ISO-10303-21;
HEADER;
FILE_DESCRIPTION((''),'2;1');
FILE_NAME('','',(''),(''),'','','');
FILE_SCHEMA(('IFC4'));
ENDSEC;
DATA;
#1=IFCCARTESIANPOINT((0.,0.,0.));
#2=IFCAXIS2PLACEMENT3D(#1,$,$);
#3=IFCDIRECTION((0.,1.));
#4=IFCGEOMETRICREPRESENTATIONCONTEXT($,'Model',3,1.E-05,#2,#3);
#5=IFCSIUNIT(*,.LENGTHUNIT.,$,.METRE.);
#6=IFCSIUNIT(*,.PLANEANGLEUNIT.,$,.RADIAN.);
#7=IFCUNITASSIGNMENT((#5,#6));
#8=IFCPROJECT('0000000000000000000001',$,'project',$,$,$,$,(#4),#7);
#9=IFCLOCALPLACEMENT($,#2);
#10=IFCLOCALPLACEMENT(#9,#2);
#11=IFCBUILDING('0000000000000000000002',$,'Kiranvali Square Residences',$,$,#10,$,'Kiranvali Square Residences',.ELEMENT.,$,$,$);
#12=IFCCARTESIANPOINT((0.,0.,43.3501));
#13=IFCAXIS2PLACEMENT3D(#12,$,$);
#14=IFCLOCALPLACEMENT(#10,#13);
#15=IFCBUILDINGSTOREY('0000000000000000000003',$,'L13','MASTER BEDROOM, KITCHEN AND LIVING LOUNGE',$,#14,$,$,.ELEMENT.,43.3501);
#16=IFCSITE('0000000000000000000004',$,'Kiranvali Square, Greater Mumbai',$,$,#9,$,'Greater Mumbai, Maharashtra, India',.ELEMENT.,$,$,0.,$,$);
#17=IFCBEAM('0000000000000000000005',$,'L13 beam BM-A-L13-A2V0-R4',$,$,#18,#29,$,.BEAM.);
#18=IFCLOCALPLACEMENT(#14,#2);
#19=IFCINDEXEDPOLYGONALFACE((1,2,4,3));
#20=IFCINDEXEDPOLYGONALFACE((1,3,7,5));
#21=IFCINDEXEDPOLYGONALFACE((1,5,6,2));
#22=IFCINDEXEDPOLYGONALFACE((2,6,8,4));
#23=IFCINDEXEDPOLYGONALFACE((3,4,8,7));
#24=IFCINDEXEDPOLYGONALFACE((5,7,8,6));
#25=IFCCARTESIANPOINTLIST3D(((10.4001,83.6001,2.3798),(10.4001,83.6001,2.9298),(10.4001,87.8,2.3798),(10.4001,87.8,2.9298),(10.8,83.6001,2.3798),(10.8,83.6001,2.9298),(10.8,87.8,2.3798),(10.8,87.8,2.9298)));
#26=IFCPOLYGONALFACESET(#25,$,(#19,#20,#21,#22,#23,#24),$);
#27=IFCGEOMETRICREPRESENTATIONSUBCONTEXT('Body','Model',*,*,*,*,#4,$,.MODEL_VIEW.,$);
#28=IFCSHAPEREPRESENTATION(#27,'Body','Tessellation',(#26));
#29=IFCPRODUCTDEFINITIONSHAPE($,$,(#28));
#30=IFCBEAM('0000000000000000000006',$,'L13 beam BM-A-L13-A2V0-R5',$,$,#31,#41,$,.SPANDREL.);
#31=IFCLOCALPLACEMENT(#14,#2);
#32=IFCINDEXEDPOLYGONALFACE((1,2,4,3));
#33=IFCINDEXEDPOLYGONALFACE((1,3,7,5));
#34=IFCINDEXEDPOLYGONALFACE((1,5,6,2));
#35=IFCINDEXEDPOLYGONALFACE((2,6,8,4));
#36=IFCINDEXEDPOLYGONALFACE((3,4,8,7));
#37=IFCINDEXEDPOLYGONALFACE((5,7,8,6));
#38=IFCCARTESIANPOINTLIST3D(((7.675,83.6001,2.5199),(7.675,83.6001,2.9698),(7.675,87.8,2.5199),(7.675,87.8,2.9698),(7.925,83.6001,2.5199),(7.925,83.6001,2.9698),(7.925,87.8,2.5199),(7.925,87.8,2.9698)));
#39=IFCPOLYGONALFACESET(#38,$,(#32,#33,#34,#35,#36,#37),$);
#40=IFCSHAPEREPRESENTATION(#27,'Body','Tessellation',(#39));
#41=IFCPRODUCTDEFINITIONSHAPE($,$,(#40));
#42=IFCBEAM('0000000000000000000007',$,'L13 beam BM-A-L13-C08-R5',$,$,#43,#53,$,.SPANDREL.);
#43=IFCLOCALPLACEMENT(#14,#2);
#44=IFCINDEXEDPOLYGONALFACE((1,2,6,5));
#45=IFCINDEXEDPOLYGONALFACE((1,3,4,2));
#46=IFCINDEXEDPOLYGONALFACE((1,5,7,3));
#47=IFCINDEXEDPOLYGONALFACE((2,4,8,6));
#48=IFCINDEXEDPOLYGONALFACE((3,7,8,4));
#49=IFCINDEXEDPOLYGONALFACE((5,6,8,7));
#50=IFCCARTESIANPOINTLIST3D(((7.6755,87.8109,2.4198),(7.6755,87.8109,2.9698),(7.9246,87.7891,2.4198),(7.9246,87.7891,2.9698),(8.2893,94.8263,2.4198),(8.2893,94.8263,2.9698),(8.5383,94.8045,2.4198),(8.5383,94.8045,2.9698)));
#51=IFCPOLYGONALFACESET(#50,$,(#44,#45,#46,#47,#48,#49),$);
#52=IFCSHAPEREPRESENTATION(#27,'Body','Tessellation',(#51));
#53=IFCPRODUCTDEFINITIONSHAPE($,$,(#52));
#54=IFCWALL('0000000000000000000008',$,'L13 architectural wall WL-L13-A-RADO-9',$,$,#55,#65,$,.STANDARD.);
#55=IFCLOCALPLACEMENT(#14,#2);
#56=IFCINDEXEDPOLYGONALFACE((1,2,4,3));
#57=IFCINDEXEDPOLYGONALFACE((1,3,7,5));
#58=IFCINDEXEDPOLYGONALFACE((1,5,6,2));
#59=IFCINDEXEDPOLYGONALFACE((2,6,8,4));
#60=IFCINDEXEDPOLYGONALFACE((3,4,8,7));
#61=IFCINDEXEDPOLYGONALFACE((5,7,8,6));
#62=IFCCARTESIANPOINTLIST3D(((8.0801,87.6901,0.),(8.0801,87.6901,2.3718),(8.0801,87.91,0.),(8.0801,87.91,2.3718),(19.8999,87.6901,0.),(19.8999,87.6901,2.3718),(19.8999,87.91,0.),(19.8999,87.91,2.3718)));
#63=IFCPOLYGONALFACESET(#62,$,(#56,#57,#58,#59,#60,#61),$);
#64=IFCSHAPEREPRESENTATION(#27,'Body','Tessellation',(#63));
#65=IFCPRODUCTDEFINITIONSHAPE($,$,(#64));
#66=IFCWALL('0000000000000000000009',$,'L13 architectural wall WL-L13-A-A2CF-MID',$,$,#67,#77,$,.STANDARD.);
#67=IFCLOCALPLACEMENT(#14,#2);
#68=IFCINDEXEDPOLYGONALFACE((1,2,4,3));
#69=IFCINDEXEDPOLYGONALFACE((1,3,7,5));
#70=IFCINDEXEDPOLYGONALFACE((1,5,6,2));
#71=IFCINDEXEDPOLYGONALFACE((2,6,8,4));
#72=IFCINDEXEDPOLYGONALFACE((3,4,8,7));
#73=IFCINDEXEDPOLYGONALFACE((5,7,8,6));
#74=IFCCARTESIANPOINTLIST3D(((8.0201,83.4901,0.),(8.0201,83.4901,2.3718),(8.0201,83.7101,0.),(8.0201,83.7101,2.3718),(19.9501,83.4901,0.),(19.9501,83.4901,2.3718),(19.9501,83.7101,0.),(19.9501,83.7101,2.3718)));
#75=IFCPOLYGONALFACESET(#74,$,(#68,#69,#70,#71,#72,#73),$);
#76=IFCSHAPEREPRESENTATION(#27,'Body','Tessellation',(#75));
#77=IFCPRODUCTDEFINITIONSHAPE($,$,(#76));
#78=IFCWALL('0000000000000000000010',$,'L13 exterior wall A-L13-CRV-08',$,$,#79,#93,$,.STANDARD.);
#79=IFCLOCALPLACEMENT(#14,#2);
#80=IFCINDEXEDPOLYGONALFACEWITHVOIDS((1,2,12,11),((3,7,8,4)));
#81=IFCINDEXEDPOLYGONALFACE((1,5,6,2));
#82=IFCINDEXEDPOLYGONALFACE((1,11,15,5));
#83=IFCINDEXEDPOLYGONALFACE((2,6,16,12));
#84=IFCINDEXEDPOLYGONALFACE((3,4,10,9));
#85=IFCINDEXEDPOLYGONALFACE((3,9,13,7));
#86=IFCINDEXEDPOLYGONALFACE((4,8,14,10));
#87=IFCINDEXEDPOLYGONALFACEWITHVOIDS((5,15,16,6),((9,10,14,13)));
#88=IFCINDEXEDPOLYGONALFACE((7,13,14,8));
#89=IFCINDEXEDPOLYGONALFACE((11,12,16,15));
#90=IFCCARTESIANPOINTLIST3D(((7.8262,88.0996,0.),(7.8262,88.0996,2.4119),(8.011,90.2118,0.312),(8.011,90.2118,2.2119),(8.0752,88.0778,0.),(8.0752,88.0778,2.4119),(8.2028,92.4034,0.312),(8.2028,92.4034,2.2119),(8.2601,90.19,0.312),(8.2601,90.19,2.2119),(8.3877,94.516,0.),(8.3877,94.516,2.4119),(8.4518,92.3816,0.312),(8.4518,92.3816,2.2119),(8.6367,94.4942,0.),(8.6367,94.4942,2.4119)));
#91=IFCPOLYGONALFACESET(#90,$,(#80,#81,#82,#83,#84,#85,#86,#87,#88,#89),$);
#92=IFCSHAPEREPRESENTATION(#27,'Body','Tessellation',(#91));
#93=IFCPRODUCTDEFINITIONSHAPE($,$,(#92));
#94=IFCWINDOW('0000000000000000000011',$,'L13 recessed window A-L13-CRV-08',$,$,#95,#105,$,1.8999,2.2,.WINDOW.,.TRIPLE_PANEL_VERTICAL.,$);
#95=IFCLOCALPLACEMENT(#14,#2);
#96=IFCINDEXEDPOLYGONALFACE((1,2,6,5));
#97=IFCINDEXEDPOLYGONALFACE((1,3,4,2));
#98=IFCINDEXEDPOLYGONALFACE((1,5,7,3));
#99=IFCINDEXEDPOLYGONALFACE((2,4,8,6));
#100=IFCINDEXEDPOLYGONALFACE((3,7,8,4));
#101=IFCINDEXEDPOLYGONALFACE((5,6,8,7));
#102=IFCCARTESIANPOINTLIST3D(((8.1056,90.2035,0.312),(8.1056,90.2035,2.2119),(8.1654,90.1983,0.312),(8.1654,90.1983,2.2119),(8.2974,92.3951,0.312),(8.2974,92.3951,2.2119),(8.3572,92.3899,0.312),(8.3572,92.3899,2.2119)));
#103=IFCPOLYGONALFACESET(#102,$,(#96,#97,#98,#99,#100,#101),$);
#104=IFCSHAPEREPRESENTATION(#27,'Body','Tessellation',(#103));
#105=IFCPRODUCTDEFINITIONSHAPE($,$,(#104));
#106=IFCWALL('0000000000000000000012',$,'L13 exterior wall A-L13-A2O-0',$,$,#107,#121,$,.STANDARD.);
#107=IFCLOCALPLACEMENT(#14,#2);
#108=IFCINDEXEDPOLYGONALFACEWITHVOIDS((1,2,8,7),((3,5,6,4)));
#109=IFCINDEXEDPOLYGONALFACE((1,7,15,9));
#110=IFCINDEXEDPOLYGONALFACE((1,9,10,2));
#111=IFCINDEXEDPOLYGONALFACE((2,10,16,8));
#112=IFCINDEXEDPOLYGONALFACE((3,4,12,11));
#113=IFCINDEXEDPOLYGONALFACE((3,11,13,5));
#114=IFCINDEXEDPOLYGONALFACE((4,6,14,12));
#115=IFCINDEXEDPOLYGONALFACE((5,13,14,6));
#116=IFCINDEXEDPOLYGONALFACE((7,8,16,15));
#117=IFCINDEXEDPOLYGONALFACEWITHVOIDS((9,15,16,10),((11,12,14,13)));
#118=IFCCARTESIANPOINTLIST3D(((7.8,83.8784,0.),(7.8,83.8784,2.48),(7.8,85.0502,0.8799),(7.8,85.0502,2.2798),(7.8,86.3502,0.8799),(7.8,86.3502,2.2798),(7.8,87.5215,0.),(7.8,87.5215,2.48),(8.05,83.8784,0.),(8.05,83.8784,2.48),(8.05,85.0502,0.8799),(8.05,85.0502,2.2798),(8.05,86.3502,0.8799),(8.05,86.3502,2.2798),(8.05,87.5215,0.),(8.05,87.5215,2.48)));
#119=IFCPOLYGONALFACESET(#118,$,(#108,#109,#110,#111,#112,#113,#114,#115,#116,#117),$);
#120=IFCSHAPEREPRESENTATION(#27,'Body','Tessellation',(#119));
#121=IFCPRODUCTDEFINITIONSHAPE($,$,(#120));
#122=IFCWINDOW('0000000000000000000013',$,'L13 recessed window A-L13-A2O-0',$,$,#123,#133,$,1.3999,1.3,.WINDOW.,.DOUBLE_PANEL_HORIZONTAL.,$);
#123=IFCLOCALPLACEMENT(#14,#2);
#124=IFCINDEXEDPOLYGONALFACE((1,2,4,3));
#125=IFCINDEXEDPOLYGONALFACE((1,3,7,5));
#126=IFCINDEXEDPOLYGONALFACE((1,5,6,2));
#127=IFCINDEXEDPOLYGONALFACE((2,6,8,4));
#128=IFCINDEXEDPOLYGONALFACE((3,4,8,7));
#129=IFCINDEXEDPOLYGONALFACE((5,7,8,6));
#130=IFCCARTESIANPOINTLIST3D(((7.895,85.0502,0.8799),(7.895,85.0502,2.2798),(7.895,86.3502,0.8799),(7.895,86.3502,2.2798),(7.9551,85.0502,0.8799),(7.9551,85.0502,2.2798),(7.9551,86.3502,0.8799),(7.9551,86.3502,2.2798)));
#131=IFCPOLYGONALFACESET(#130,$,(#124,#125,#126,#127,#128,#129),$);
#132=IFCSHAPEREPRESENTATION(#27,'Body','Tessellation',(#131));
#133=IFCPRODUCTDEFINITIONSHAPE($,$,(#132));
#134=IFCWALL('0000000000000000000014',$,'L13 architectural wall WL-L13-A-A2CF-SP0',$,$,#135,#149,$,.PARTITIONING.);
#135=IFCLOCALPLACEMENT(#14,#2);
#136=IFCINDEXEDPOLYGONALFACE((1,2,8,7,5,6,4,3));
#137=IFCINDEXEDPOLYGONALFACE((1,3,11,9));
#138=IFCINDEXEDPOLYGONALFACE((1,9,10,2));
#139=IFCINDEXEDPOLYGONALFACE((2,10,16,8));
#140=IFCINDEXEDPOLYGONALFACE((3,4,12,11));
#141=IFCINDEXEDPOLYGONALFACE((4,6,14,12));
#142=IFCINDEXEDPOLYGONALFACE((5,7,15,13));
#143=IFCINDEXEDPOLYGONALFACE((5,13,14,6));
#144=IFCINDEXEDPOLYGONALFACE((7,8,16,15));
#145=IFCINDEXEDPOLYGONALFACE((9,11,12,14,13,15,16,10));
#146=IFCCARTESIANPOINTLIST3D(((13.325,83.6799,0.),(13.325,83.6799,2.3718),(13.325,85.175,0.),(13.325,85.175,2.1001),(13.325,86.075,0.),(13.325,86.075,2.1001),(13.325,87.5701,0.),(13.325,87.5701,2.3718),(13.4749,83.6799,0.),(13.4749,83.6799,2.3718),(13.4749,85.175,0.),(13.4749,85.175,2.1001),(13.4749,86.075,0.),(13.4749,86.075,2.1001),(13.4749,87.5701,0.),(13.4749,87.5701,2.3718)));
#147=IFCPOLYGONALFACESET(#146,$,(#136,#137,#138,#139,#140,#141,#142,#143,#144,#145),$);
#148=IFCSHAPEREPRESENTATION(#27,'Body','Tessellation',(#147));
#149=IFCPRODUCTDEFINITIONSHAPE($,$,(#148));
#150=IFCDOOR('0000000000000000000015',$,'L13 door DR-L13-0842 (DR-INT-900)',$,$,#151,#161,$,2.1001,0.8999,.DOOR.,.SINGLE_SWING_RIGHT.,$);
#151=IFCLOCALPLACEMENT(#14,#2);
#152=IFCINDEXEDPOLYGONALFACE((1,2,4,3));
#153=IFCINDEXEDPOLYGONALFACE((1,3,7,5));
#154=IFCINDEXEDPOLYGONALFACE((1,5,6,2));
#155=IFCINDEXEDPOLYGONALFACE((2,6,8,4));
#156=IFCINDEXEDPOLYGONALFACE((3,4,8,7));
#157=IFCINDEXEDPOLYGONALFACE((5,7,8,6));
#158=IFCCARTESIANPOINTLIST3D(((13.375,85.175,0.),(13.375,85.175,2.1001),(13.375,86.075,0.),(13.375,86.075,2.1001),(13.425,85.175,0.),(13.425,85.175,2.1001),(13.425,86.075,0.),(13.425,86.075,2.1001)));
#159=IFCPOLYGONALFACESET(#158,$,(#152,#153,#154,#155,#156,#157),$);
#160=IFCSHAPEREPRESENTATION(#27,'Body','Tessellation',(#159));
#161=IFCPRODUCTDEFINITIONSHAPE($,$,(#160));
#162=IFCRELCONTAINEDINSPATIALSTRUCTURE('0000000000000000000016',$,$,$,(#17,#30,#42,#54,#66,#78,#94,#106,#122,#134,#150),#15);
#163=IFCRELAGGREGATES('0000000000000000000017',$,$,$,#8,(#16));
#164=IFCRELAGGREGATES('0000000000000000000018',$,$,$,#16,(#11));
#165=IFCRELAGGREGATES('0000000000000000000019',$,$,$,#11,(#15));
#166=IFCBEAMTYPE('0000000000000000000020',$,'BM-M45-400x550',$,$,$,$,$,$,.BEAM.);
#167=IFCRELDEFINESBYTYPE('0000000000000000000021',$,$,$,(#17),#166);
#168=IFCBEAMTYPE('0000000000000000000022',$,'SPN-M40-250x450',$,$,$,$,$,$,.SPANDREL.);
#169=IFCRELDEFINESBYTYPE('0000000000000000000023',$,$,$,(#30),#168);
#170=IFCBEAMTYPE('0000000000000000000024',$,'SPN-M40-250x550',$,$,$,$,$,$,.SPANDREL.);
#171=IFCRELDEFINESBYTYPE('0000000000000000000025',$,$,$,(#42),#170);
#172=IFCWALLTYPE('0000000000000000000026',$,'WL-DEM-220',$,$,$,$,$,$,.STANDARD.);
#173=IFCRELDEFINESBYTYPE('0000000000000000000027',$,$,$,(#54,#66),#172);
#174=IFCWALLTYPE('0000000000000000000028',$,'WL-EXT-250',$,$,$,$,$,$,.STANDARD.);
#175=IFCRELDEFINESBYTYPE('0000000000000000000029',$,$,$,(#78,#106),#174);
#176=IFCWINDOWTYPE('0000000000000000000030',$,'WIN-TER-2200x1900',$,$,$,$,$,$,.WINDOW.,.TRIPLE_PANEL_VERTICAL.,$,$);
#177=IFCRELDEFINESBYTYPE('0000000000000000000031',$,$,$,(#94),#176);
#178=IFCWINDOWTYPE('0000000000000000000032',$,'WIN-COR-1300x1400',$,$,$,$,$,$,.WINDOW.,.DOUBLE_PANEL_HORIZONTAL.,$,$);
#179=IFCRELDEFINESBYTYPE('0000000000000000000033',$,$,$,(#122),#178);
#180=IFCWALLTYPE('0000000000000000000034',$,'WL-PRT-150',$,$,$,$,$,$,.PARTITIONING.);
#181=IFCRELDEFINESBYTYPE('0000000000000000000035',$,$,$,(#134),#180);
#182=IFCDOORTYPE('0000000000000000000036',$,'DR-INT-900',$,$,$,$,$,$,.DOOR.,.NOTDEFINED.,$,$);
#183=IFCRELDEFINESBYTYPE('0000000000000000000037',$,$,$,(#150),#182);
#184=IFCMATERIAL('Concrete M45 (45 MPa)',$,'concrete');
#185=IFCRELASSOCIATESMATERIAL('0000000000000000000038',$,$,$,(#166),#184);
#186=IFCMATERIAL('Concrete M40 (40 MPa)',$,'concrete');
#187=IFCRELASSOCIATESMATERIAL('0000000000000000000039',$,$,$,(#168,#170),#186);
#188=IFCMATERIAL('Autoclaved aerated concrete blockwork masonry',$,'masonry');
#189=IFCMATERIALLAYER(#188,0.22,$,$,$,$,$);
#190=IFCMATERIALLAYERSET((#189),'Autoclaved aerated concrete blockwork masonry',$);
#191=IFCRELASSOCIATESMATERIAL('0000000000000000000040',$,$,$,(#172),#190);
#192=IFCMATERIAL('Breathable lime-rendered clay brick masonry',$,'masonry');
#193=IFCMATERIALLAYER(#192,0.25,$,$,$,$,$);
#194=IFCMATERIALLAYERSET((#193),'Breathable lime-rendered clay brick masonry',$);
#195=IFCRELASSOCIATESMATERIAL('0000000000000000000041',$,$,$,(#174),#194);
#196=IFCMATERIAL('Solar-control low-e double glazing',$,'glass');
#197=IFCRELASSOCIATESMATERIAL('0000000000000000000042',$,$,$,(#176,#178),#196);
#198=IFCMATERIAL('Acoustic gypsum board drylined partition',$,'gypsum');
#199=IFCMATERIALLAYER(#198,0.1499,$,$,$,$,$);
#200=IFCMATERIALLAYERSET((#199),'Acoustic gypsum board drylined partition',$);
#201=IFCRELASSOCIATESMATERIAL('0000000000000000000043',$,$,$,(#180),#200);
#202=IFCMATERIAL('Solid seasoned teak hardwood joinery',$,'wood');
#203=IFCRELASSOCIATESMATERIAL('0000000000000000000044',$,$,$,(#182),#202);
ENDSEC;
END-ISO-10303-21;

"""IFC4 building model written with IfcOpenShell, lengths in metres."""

from ifc_helpers import new_model, si_unit, direction, frame, frame_2d, origin, origin_2d, place, context, subcontext, project, spatial, rectangle, extrude, material, layer, layer_set, material_profile, profile_set, type_object, element, fill, save


model = new_model("IFC4")

# Units and contexts
model_context = context("Model", 3, precision=1e-05, world=origin(), true_north=direction((0.0, 1.0)))
body_context = subcontext(model_context, "Body", "Model", "MODEL_VIEW")
ifc_project = project(units=[si_unit("LENGTHUNIT", "METRE"), si_unit("PLANEANGLEUNIT", "RADIAN")], contexts=[model_context])

# Site, building, storey
site_placement = place(None, origin())
site = spatial("IfcSite", under=ifc_project, at=site_placement, Name="Kiranvali Square, Greater Mumbai", LongName="Greater Mumbai, Maharashtra, India", CompositionType="ELEMENT", RefElevation=0.0)
building_placement = place(site_placement, origin())
building = spatial("IfcBuilding", under=site, at=building_placement, Name="Kiranvali Square Residences", LongName="Kiranvali Square Residences", CompositionType="ELEMENT")
storey_placement = place(building_placement, frame((0.0, 0.0, 43.3501)))
storey = spatial("IfcBuildingStorey", under=building, at=storey_placement, Name="L13", Description="MASTER BEDROOM, KITCHEN AND LIVING LOUNGE", CompositionType="ELEMENT", Elevation=43.3501)

# Shared definitions
ifc_material_1 = material(Name="Concrete M40 (40 MPa)", Category="concrete")

# Beams
ifc_material_2 = material(Name="Concrete M45 (45 MPa)", Category="concrete")
ifc_material_profile_1 = material_profile(ifc_material_2, rectangle(XDim=0.3999, YDim=0.55, at=origin_2d()), Name="RC 400x550")
ifc_profile_set_1 = profile_set([ifc_material_profile_1], Name="Concrete M45 (45 MPa)")
beam_type_1 = type_object("IfcBeamType", Name="BM-M45-400x550", PredefinedType="BEAM", material=ifc_profile_set_1)
beam_1_placement = place(storey_placement, frame((10.6001, 87.8, 2.6548), z_axis=(0.0, -1.0, 0.0), x_axis=(1.0, 0.0, 0.0)))
element("IfcBeam", 1, at=beam_1_placement, inside=storey, type_object=beam_type_1, Name="L13 beam BM-A-L13-A2V0-R4", PredefinedType="BEAM", context=body_context, shape_type="SweptSolid", body=[
    extrude(rectangle(XDim=0.3999, YDim=0.55, at=origin_2d()), origin(), (0.0, 0.0, 1.0), 4.2),
])
ifc_material_profile_2 = material_profile(ifc_material_1, rectangle(XDim=0.25, YDim=0.45, at=origin_2d()), Name="RC 250x450")
ifc_profile_set_2 = profile_set([ifc_material_profile_2], Name="Concrete M40 (40 MPa)")
beam_type_2 = type_object("IfcBeamType", Name="SPN-M40-250x450", PredefinedType="SPANDREL", material=ifc_profile_set_2)
beam_2_placement = place(storey_placement, frame((7.8, 87.8, 2.7449), z_axis=(0.0, -1.0, 0.0), x_axis=(1.0, 0.0, 0.0)))
element("IfcBeam", 2, at=beam_2_placement, inside=storey, type_object=beam_type_2, Name="L13 beam BM-A-L13-A2V0-R5", PredefinedType="SPANDREL", context=body_context, shape_type="SweptSolid", body=[
    extrude(rectangle(XDim=0.25, YDim=0.45, at=origin_2d()), origin(), (0.0, 0.0, 1.0), 4.2),
])
ifc_material_profile_3 = material_profile(ifc_material_1, rectangle(XDim=0.25, YDim=0.55, at=origin_2d()), Name="RC 250x550")
ifc_profile_set_3 = profile_set([ifc_material_profile_3], Name="Concrete M40 (40 MPa)")
beam_type_3 = type_object("IfcBeamType", Name="SPN-M40-250x550", PredefinedType="SPANDREL", material=ifc_profile_set_3)
beam_3_placement = place(storey_placement, frame((8.4138, 94.8154, 2.6948), z_axis=(-0.087156, -0.996195, 0.0), x_axis=(0.996195, -0.087156, 0.0)))
element("IfcBeam", 3, at=beam_3_placement, inside=storey, type_object=beam_type_3, Name="L13 beam BM-A-L13-C08-R5", PredefinedType="SPANDREL", context=body_context, shape_type="SweptSolid", body=[
    extrude(rectangle(XDim=0.25, YDim=0.55, at=origin_2d()), origin(), (0.0, 0.0, 1.0), 7.0422),
])

# Walls
ifc_material_3 = material(Name="Autoclaved aerated concrete blockwork masonry", Category="masonry")
ifc_layer_1 = layer(ifc_material_3, 0.22)
ifc_layer_set_1 = layer_set([ifc_layer_1], Name="Autoclaved aerated concrete blockwork masonry")
wall_type_1 = type_object("IfcWallType", Name="WL-DEM-220", PredefinedType="STANDARD", material=ifc_layer_set_1)
wall_1_placement = place(storey_placement, frame((19.8999, 87.8, 0.0), z_axis=(0.0, 0.0, 1.0), x_axis=(-1.0, 0.0, 0.0)))
element("IfcWall", 4, at=wall_1_placement, inside=storey, type_object=wall_type_1, Name="L13 architectural wall WL-L13-A-RADO-9", PredefinedType="STANDARD", context=body_context, shape_type="SweptSolid", body=[
    extrude(rectangle(XDim=11.8198, YDim=0.22, at=frame_2d((5.9099, 0.0))), origin(), (0.0, 0.0, 1.0), 2.3718),
])
wall_2_placement = place(storey_placement, frame((19.95, 83.6001, 0.0), z_axis=(0.0, 0.0, 1.0), x_axis=(-1.0, 0.0, 0.0)))
element("IfcWall", 5, at=wall_2_placement, inside=storey, type_object=wall_type_1, Name="L13 architectural wall WL-L13-A-A2CF-MID", PredefinedType="STANDARD", context=body_context, shape_type="SweptSolid", body=[
    extrude(rectangle(XDim=11.9299, YDim=0.22, at=frame_2d((5.9648, 0.0))), origin(), (0.0, 0.0, 1.0), 2.3718),
])

# Walls, openings, windows
ifc_material_4 = material(Name="Breathable lime-rendered clay brick masonry", Category="masonry")
ifc_layer_2 = layer(ifc_material_4, 0.25)
ifc_layer_set_2 = layer_set([ifc_layer_2], Name="Breathable lime-rendered clay brick masonry")
wall_type_2 = type_object("IfcWallType", Name="WL-EXT-250", PredefinedType="STANDARD", material=ifc_layer_set_2)
wall_3_placement = place(storey_placement, frame((8.5122, 94.5051, 0.0), z_axis=(0.0, 0.0, 1.0), x_axis=(-0.087179, -0.996193, 0.0)))
wall_3 = element("IfcWall", 6, at=wall_3_placement, inside=storey, type_object=wall_type_2, Name="L13 exterior wall A-L13-CRV-08", PredefinedType="STANDARD", context=body_context, shape_type="SweptSolid", body=[
    extrude(rectangle(XDim=6.4409, YDim=0.25, at=frame_2d((3.2205, 0.0))), origin(), (0.0, 0.0, 1.0), 2.4119),
])
opening_1_placement = place(wall_3_placement, frame((2.1206, 0.0, 0.312)))
opening_1 = element("IfcOpeningElement", 7, at=opening_1_placement, cuts=wall_3, PredefinedType="OPENING", context=body_context, shape_type="SweptSolid", body=[
    extrude(rectangle(XDim=2.2, YDim=1.8999, at=frame_2d((1.1001, 0.95))), frame((0.0, 0.135, 0.0), z_axis=(0.0, -1.0, 0.0), x_axis=(1.0, 0.0, 0.0)), (0.0, 0.0, 1.0), 0.27),
])
ifc_material_5 = material(Name="Solar-control low-e double glazing", Category="glass")
window_type_1 = type_object("IfcWindowType", Name="WIN-TER-2200x1900", PartitioningType="TRIPLE_PANEL_VERTICAL", PredefinedType="WINDOW", material=ifc_material_5)
window_1_placement = place(opening_1_placement, origin())
window_1 = element("IfcWindow", 8, at=window_1_placement, inside=storey, type_object=window_type_1, Name="L13 recessed window A-L13-CRV-08", OverallHeight=1.8999, OverallWidth=2.2, PartitioningType="TRIPLE_PANEL_VERTICAL", PredefinedType="WINDOW", context=body_context, shape_type="SweptSolid", body=[
    extrude(rectangle(XDim=2.2, YDim=1.8999, at=frame_2d((1.1001, 0.95))), frame((0.0, 0.03, 0.0), z_axis=(0.0, -1.0, 0.0), x_axis=(1.0, 0.0, 0.0)), (0.0, 0.0, 1.0), 0.0601),
])
fill(opening_1, window_1)
wall_4_placement = place(storey_placement, frame((7.925, 87.5215, 0.0), z_axis=(0.0, 0.0, 1.0), x_axis=(0.0, -1.0, 0.0)))
wall_4 = element("IfcWall", 9, at=wall_4_placement, inside=storey, type_object=wall_type_2, Name="L13 exterior wall A-L13-A2O-0", PredefinedType="STANDARD", context=body_context, shape_type="SweptSolid", body=[
    extrude(rectangle(XDim=3.6431, YDim=0.25, at=frame_2d((1.8215, 0.0))), origin(), (0.0, 0.0, 1.0), 2.48),
])
opening_2_placement = place(wall_4_placement, frame((1.1714, 0.0, 0.8799)))
opening_2 = element("IfcOpeningElement", 10, at=opening_2_placement, cuts=wall_4, PredefinedType="OPENING", context=body_context, shape_type="SweptSolid", body=[
    extrude(rectangle(XDim=1.3, YDim=1.3999, at=frame_2d((0.6499, 0.7))), frame((0.0, 0.135, 0.0), z_axis=(0.0, -1.0, 0.0), x_axis=(1.0, 0.0, 0.0)), (0.0, 0.0, 1.0), 0.27),
])
window_type_2 = type_object("IfcWindowType", Name="WIN-COR-1300x1400", PartitioningType="DOUBLE_PANEL_HORIZONTAL", PredefinedType="WINDOW", material=ifc_material_5)
window_2_placement = place(opening_2_placement, origin())
window_2 = element("IfcWindow", 11, at=window_2_placement, inside=storey, type_object=window_type_2, Name="L13 recessed window A-L13-A2O-0", OverallHeight=1.3999, OverallWidth=1.3, PartitioningType="DOUBLE_PANEL_HORIZONTAL", PredefinedType="WINDOW", context=body_context, shape_type="SweptSolid", body=[
    extrude(rectangle(XDim=1.3, YDim=1.3999, at=frame_2d((0.6499, 0.7))), frame((0.0, 0.03, 0.0), z_axis=(0.0, -1.0, 0.0), x_axis=(1.0, 0.0, 0.0)), (0.0, 0.0, 1.0), 0.0601),
])
fill(opening_2, window_2)

# Wall, opening, door
ifc_material_6 = material(Name="Acoustic gypsum board drylined partition", Category="gypsum")
ifc_layer_3 = layer(ifc_material_6, 0.1499)
ifc_layer_set_3 = layer_set([ifc_layer_3], Name="Acoustic gypsum board drylined partition")
wall_type_3 = type_object("IfcWallType", Name="WL-PRT-150", PredefinedType="PARTITIONING", material=ifc_layer_set_3)
wall_5_placement = place(storey_placement, frame((13.3999, 87.5701, 0.0), z_axis=(0.0, 0.0, 1.0), x_axis=(0.0, -1.0, 0.0)))
wall_5 = element("IfcWall", 12, at=wall_5_placement, inside=storey, type_object=wall_type_3, Name="L13 architectural wall WL-L13-A-A2CF-SP0", PredefinedType="PARTITIONING", context=body_context, shape_type="SweptSolid", body=[
    extrude(rectangle(XDim=3.8901, YDim=0.1499, at=frame_2d((1.9451, 0.0))), origin(), (0.0, 0.0, 1.0), 2.3718),
])
opening_3_placement = place(wall_5_placement, frame((1.4951, 0.0, 0.0)))
opening_3 = element("IfcOpeningElement", 13, at=opening_3_placement, cuts=wall_5, PredefinedType="OPENING", context=body_context, shape_type="SweptSolid", body=[
    extrude(rectangle(XDim=0.8999, YDim=2.1001, at=frame_2d((0.45, 1.05))), frame((0.0, 0.085, 0.0), z_axis=(0.0, -1.0, 0.0), x_axis=(1.0, 0.0, 0.0)), (0.0, 0.0, 1.0), 0.1699),
])
ifc_material_7 = material(Name="Solid seasoned teak hardwood joinery", Category="wood")
door_type = type_object("IfcDoorType", Name="DR-INT-900", OperationType="NOTDEFINED", PredefinedType="DOOR", material=ifc_material_7)
door_placement = place(opening_3_placement, frame((0.8999, 0.0, 0.0), z_axis=(0.0, 0.0, 1.0), x_axis=(-1.0, 0.0, 0.0)))
door = element("IfcDoor", 14, at=door_placement, inside=storey, type_object=door_type, Name="L13 door DR-L13-0842 (DR-INT-900)", OperationType="SINGLE_SWING_RIGHT", OverallHeight=2.1001, OverallWidth=0.8999, PredefinedType="DOOR", context=body_context, shape_type="SweptSolid", body=[
    extrude(rectangle(XDim=0.8999, YDim=2.1001, at=frame_2d((0.45, 1.05))), frame((0.0, 0.0249, 0.0), z_axis=(0.0, -1.0, 0.0), x_axis=(1.0, 0.0, 0.0)), (0.0, 0.0, 1.0), 0.05),
])
fill(opening_3, door)

save(model, "model.ifc")
